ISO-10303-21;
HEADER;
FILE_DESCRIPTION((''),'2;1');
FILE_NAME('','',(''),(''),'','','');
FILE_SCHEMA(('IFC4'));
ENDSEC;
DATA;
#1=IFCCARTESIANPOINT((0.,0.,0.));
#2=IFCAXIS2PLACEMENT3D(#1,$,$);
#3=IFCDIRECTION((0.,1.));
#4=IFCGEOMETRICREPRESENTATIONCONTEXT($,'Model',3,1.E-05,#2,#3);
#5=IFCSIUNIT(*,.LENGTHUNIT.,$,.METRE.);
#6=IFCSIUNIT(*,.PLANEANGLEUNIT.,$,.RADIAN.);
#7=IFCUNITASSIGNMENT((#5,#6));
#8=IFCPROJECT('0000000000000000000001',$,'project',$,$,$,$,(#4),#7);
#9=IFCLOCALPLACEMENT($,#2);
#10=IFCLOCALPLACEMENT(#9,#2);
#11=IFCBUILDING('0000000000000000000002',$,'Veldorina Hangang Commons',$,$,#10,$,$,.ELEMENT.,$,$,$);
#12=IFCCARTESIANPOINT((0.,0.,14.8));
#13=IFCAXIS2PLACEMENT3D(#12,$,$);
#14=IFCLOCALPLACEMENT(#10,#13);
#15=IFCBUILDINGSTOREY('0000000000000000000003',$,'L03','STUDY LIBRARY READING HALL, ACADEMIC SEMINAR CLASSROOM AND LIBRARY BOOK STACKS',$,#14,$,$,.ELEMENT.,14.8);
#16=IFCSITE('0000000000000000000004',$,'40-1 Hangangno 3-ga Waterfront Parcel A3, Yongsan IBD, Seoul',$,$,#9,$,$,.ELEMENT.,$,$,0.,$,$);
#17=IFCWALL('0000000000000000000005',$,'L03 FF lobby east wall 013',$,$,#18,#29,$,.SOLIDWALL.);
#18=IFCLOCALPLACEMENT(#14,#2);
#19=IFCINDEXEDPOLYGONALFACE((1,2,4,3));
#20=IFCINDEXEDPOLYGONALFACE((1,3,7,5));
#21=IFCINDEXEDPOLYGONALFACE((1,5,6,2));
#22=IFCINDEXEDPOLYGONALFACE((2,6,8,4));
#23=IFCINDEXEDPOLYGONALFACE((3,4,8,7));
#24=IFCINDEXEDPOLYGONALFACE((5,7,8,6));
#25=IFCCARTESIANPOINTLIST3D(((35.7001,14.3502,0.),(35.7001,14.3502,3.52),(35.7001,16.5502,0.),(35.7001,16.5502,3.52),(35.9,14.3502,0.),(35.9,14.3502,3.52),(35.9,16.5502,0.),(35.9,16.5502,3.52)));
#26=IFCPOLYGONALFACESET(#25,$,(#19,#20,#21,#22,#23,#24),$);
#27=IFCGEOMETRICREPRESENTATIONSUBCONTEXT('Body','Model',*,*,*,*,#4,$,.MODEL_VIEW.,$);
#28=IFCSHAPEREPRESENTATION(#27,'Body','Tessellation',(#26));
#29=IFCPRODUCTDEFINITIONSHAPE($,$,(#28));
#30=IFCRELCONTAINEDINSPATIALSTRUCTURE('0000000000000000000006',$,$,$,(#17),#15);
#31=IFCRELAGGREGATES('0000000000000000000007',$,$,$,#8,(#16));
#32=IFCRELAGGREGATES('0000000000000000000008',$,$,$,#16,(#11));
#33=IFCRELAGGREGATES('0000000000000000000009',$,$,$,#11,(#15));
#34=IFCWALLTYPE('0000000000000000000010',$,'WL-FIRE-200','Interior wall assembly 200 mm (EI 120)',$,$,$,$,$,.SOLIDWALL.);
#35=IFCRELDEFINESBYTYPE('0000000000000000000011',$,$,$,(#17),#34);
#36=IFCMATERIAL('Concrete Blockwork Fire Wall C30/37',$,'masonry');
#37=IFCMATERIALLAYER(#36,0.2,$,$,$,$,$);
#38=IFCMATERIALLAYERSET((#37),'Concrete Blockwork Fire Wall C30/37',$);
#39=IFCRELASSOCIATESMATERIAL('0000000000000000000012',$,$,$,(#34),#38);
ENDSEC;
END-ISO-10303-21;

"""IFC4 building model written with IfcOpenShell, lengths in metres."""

from ifc_helpers import new_model, si_unit, direction, frame, frame_2d, origin, place, context, subcontext, project, spatial, rectangle, extrude, material, layer, layer_set, type_object, element, save


model = new_model("IFC4")

# Units and contexts
model_context = context("Model", 3, precision=1e-05, world=origin(), true_north=direction((0.0, 1.0)))
body_context = subcontext(model_context, "Body", "Model", "MODEL_VIEW")
ifc_project = project(units=[si_unit("LENGTHUNIT", "METRE"), si_unit("PLANEANGLEUNIT", "RADIAN")], contexts=[model_context])

# Site, building, storey
site_placement = place(None, origin())
site = spatial("IfcSite", under=ifc_project, at=site_placement, Name="40-1 Hangangno 3-ga Waterfront Parcel A3, Yongsan IBD, Seoul", CompositionType="ELEMENT", RefElevation=0.0)
building_placement = place(site_placement, origin())
building = spatial("IfcBuilding", under=site, at=building_placement, Name="Veldorina Hangang Commons", CompositionType="ELEMENT")
storey_placement = place(building_placement, frame((0.0, 0.0, 14.8)))
storey = spatial("IfcBuildingStorey", under=building, at=storey_placement, Name="L03", Description="STUDY LIBRARY READING HALL, ACADEMIC SEMINAR CLASSROOM AND LIBRARY BOOK STACKS", CompositionType="ELEMENT", Elevation=14.8)

# Wall
ifc_material_1 = material(Name="Concrete Blockwork Fire Wall C30/37", Category="masonry")
ifc_layer_1 = layer(ifc_material_1, 0.2)
ifc_layer_set_1 = layer_set([ifc_layer_1], Name="Concrete Blockwork Fire Wall C30/37")
wall_type_1 = type_object("IfcWallType", Name="WL-FIRE-200", Description="Interior wall assembly 200 mm (EI 120)", PredefinedType="SOLIDWALL", material=ifc_layer_set_1)
wall_1_placement = place(storey_placement, frame((35.8, 14.3501, 0.0), z_axis=(0.0, 0.0, 1.0), x_axis=(0.0, 1.0, 0.0)))
element("IfcWall", 1, at=wall_1_placement, inside=storey, type_object=wall_type_1, Name="L03 FF lobby east wall 013", PredefinedType="SOLIDWALL", context=body_context, shape_type="SweptSolid", body=[
    extrude(rectangle(XDim=2.2, YDim=0.2, at=frame_2d((1.1001, 0.0))), origin(), (0.0, 0.0, 1.0), 3.52),
])

save(model, "model.ifc")
